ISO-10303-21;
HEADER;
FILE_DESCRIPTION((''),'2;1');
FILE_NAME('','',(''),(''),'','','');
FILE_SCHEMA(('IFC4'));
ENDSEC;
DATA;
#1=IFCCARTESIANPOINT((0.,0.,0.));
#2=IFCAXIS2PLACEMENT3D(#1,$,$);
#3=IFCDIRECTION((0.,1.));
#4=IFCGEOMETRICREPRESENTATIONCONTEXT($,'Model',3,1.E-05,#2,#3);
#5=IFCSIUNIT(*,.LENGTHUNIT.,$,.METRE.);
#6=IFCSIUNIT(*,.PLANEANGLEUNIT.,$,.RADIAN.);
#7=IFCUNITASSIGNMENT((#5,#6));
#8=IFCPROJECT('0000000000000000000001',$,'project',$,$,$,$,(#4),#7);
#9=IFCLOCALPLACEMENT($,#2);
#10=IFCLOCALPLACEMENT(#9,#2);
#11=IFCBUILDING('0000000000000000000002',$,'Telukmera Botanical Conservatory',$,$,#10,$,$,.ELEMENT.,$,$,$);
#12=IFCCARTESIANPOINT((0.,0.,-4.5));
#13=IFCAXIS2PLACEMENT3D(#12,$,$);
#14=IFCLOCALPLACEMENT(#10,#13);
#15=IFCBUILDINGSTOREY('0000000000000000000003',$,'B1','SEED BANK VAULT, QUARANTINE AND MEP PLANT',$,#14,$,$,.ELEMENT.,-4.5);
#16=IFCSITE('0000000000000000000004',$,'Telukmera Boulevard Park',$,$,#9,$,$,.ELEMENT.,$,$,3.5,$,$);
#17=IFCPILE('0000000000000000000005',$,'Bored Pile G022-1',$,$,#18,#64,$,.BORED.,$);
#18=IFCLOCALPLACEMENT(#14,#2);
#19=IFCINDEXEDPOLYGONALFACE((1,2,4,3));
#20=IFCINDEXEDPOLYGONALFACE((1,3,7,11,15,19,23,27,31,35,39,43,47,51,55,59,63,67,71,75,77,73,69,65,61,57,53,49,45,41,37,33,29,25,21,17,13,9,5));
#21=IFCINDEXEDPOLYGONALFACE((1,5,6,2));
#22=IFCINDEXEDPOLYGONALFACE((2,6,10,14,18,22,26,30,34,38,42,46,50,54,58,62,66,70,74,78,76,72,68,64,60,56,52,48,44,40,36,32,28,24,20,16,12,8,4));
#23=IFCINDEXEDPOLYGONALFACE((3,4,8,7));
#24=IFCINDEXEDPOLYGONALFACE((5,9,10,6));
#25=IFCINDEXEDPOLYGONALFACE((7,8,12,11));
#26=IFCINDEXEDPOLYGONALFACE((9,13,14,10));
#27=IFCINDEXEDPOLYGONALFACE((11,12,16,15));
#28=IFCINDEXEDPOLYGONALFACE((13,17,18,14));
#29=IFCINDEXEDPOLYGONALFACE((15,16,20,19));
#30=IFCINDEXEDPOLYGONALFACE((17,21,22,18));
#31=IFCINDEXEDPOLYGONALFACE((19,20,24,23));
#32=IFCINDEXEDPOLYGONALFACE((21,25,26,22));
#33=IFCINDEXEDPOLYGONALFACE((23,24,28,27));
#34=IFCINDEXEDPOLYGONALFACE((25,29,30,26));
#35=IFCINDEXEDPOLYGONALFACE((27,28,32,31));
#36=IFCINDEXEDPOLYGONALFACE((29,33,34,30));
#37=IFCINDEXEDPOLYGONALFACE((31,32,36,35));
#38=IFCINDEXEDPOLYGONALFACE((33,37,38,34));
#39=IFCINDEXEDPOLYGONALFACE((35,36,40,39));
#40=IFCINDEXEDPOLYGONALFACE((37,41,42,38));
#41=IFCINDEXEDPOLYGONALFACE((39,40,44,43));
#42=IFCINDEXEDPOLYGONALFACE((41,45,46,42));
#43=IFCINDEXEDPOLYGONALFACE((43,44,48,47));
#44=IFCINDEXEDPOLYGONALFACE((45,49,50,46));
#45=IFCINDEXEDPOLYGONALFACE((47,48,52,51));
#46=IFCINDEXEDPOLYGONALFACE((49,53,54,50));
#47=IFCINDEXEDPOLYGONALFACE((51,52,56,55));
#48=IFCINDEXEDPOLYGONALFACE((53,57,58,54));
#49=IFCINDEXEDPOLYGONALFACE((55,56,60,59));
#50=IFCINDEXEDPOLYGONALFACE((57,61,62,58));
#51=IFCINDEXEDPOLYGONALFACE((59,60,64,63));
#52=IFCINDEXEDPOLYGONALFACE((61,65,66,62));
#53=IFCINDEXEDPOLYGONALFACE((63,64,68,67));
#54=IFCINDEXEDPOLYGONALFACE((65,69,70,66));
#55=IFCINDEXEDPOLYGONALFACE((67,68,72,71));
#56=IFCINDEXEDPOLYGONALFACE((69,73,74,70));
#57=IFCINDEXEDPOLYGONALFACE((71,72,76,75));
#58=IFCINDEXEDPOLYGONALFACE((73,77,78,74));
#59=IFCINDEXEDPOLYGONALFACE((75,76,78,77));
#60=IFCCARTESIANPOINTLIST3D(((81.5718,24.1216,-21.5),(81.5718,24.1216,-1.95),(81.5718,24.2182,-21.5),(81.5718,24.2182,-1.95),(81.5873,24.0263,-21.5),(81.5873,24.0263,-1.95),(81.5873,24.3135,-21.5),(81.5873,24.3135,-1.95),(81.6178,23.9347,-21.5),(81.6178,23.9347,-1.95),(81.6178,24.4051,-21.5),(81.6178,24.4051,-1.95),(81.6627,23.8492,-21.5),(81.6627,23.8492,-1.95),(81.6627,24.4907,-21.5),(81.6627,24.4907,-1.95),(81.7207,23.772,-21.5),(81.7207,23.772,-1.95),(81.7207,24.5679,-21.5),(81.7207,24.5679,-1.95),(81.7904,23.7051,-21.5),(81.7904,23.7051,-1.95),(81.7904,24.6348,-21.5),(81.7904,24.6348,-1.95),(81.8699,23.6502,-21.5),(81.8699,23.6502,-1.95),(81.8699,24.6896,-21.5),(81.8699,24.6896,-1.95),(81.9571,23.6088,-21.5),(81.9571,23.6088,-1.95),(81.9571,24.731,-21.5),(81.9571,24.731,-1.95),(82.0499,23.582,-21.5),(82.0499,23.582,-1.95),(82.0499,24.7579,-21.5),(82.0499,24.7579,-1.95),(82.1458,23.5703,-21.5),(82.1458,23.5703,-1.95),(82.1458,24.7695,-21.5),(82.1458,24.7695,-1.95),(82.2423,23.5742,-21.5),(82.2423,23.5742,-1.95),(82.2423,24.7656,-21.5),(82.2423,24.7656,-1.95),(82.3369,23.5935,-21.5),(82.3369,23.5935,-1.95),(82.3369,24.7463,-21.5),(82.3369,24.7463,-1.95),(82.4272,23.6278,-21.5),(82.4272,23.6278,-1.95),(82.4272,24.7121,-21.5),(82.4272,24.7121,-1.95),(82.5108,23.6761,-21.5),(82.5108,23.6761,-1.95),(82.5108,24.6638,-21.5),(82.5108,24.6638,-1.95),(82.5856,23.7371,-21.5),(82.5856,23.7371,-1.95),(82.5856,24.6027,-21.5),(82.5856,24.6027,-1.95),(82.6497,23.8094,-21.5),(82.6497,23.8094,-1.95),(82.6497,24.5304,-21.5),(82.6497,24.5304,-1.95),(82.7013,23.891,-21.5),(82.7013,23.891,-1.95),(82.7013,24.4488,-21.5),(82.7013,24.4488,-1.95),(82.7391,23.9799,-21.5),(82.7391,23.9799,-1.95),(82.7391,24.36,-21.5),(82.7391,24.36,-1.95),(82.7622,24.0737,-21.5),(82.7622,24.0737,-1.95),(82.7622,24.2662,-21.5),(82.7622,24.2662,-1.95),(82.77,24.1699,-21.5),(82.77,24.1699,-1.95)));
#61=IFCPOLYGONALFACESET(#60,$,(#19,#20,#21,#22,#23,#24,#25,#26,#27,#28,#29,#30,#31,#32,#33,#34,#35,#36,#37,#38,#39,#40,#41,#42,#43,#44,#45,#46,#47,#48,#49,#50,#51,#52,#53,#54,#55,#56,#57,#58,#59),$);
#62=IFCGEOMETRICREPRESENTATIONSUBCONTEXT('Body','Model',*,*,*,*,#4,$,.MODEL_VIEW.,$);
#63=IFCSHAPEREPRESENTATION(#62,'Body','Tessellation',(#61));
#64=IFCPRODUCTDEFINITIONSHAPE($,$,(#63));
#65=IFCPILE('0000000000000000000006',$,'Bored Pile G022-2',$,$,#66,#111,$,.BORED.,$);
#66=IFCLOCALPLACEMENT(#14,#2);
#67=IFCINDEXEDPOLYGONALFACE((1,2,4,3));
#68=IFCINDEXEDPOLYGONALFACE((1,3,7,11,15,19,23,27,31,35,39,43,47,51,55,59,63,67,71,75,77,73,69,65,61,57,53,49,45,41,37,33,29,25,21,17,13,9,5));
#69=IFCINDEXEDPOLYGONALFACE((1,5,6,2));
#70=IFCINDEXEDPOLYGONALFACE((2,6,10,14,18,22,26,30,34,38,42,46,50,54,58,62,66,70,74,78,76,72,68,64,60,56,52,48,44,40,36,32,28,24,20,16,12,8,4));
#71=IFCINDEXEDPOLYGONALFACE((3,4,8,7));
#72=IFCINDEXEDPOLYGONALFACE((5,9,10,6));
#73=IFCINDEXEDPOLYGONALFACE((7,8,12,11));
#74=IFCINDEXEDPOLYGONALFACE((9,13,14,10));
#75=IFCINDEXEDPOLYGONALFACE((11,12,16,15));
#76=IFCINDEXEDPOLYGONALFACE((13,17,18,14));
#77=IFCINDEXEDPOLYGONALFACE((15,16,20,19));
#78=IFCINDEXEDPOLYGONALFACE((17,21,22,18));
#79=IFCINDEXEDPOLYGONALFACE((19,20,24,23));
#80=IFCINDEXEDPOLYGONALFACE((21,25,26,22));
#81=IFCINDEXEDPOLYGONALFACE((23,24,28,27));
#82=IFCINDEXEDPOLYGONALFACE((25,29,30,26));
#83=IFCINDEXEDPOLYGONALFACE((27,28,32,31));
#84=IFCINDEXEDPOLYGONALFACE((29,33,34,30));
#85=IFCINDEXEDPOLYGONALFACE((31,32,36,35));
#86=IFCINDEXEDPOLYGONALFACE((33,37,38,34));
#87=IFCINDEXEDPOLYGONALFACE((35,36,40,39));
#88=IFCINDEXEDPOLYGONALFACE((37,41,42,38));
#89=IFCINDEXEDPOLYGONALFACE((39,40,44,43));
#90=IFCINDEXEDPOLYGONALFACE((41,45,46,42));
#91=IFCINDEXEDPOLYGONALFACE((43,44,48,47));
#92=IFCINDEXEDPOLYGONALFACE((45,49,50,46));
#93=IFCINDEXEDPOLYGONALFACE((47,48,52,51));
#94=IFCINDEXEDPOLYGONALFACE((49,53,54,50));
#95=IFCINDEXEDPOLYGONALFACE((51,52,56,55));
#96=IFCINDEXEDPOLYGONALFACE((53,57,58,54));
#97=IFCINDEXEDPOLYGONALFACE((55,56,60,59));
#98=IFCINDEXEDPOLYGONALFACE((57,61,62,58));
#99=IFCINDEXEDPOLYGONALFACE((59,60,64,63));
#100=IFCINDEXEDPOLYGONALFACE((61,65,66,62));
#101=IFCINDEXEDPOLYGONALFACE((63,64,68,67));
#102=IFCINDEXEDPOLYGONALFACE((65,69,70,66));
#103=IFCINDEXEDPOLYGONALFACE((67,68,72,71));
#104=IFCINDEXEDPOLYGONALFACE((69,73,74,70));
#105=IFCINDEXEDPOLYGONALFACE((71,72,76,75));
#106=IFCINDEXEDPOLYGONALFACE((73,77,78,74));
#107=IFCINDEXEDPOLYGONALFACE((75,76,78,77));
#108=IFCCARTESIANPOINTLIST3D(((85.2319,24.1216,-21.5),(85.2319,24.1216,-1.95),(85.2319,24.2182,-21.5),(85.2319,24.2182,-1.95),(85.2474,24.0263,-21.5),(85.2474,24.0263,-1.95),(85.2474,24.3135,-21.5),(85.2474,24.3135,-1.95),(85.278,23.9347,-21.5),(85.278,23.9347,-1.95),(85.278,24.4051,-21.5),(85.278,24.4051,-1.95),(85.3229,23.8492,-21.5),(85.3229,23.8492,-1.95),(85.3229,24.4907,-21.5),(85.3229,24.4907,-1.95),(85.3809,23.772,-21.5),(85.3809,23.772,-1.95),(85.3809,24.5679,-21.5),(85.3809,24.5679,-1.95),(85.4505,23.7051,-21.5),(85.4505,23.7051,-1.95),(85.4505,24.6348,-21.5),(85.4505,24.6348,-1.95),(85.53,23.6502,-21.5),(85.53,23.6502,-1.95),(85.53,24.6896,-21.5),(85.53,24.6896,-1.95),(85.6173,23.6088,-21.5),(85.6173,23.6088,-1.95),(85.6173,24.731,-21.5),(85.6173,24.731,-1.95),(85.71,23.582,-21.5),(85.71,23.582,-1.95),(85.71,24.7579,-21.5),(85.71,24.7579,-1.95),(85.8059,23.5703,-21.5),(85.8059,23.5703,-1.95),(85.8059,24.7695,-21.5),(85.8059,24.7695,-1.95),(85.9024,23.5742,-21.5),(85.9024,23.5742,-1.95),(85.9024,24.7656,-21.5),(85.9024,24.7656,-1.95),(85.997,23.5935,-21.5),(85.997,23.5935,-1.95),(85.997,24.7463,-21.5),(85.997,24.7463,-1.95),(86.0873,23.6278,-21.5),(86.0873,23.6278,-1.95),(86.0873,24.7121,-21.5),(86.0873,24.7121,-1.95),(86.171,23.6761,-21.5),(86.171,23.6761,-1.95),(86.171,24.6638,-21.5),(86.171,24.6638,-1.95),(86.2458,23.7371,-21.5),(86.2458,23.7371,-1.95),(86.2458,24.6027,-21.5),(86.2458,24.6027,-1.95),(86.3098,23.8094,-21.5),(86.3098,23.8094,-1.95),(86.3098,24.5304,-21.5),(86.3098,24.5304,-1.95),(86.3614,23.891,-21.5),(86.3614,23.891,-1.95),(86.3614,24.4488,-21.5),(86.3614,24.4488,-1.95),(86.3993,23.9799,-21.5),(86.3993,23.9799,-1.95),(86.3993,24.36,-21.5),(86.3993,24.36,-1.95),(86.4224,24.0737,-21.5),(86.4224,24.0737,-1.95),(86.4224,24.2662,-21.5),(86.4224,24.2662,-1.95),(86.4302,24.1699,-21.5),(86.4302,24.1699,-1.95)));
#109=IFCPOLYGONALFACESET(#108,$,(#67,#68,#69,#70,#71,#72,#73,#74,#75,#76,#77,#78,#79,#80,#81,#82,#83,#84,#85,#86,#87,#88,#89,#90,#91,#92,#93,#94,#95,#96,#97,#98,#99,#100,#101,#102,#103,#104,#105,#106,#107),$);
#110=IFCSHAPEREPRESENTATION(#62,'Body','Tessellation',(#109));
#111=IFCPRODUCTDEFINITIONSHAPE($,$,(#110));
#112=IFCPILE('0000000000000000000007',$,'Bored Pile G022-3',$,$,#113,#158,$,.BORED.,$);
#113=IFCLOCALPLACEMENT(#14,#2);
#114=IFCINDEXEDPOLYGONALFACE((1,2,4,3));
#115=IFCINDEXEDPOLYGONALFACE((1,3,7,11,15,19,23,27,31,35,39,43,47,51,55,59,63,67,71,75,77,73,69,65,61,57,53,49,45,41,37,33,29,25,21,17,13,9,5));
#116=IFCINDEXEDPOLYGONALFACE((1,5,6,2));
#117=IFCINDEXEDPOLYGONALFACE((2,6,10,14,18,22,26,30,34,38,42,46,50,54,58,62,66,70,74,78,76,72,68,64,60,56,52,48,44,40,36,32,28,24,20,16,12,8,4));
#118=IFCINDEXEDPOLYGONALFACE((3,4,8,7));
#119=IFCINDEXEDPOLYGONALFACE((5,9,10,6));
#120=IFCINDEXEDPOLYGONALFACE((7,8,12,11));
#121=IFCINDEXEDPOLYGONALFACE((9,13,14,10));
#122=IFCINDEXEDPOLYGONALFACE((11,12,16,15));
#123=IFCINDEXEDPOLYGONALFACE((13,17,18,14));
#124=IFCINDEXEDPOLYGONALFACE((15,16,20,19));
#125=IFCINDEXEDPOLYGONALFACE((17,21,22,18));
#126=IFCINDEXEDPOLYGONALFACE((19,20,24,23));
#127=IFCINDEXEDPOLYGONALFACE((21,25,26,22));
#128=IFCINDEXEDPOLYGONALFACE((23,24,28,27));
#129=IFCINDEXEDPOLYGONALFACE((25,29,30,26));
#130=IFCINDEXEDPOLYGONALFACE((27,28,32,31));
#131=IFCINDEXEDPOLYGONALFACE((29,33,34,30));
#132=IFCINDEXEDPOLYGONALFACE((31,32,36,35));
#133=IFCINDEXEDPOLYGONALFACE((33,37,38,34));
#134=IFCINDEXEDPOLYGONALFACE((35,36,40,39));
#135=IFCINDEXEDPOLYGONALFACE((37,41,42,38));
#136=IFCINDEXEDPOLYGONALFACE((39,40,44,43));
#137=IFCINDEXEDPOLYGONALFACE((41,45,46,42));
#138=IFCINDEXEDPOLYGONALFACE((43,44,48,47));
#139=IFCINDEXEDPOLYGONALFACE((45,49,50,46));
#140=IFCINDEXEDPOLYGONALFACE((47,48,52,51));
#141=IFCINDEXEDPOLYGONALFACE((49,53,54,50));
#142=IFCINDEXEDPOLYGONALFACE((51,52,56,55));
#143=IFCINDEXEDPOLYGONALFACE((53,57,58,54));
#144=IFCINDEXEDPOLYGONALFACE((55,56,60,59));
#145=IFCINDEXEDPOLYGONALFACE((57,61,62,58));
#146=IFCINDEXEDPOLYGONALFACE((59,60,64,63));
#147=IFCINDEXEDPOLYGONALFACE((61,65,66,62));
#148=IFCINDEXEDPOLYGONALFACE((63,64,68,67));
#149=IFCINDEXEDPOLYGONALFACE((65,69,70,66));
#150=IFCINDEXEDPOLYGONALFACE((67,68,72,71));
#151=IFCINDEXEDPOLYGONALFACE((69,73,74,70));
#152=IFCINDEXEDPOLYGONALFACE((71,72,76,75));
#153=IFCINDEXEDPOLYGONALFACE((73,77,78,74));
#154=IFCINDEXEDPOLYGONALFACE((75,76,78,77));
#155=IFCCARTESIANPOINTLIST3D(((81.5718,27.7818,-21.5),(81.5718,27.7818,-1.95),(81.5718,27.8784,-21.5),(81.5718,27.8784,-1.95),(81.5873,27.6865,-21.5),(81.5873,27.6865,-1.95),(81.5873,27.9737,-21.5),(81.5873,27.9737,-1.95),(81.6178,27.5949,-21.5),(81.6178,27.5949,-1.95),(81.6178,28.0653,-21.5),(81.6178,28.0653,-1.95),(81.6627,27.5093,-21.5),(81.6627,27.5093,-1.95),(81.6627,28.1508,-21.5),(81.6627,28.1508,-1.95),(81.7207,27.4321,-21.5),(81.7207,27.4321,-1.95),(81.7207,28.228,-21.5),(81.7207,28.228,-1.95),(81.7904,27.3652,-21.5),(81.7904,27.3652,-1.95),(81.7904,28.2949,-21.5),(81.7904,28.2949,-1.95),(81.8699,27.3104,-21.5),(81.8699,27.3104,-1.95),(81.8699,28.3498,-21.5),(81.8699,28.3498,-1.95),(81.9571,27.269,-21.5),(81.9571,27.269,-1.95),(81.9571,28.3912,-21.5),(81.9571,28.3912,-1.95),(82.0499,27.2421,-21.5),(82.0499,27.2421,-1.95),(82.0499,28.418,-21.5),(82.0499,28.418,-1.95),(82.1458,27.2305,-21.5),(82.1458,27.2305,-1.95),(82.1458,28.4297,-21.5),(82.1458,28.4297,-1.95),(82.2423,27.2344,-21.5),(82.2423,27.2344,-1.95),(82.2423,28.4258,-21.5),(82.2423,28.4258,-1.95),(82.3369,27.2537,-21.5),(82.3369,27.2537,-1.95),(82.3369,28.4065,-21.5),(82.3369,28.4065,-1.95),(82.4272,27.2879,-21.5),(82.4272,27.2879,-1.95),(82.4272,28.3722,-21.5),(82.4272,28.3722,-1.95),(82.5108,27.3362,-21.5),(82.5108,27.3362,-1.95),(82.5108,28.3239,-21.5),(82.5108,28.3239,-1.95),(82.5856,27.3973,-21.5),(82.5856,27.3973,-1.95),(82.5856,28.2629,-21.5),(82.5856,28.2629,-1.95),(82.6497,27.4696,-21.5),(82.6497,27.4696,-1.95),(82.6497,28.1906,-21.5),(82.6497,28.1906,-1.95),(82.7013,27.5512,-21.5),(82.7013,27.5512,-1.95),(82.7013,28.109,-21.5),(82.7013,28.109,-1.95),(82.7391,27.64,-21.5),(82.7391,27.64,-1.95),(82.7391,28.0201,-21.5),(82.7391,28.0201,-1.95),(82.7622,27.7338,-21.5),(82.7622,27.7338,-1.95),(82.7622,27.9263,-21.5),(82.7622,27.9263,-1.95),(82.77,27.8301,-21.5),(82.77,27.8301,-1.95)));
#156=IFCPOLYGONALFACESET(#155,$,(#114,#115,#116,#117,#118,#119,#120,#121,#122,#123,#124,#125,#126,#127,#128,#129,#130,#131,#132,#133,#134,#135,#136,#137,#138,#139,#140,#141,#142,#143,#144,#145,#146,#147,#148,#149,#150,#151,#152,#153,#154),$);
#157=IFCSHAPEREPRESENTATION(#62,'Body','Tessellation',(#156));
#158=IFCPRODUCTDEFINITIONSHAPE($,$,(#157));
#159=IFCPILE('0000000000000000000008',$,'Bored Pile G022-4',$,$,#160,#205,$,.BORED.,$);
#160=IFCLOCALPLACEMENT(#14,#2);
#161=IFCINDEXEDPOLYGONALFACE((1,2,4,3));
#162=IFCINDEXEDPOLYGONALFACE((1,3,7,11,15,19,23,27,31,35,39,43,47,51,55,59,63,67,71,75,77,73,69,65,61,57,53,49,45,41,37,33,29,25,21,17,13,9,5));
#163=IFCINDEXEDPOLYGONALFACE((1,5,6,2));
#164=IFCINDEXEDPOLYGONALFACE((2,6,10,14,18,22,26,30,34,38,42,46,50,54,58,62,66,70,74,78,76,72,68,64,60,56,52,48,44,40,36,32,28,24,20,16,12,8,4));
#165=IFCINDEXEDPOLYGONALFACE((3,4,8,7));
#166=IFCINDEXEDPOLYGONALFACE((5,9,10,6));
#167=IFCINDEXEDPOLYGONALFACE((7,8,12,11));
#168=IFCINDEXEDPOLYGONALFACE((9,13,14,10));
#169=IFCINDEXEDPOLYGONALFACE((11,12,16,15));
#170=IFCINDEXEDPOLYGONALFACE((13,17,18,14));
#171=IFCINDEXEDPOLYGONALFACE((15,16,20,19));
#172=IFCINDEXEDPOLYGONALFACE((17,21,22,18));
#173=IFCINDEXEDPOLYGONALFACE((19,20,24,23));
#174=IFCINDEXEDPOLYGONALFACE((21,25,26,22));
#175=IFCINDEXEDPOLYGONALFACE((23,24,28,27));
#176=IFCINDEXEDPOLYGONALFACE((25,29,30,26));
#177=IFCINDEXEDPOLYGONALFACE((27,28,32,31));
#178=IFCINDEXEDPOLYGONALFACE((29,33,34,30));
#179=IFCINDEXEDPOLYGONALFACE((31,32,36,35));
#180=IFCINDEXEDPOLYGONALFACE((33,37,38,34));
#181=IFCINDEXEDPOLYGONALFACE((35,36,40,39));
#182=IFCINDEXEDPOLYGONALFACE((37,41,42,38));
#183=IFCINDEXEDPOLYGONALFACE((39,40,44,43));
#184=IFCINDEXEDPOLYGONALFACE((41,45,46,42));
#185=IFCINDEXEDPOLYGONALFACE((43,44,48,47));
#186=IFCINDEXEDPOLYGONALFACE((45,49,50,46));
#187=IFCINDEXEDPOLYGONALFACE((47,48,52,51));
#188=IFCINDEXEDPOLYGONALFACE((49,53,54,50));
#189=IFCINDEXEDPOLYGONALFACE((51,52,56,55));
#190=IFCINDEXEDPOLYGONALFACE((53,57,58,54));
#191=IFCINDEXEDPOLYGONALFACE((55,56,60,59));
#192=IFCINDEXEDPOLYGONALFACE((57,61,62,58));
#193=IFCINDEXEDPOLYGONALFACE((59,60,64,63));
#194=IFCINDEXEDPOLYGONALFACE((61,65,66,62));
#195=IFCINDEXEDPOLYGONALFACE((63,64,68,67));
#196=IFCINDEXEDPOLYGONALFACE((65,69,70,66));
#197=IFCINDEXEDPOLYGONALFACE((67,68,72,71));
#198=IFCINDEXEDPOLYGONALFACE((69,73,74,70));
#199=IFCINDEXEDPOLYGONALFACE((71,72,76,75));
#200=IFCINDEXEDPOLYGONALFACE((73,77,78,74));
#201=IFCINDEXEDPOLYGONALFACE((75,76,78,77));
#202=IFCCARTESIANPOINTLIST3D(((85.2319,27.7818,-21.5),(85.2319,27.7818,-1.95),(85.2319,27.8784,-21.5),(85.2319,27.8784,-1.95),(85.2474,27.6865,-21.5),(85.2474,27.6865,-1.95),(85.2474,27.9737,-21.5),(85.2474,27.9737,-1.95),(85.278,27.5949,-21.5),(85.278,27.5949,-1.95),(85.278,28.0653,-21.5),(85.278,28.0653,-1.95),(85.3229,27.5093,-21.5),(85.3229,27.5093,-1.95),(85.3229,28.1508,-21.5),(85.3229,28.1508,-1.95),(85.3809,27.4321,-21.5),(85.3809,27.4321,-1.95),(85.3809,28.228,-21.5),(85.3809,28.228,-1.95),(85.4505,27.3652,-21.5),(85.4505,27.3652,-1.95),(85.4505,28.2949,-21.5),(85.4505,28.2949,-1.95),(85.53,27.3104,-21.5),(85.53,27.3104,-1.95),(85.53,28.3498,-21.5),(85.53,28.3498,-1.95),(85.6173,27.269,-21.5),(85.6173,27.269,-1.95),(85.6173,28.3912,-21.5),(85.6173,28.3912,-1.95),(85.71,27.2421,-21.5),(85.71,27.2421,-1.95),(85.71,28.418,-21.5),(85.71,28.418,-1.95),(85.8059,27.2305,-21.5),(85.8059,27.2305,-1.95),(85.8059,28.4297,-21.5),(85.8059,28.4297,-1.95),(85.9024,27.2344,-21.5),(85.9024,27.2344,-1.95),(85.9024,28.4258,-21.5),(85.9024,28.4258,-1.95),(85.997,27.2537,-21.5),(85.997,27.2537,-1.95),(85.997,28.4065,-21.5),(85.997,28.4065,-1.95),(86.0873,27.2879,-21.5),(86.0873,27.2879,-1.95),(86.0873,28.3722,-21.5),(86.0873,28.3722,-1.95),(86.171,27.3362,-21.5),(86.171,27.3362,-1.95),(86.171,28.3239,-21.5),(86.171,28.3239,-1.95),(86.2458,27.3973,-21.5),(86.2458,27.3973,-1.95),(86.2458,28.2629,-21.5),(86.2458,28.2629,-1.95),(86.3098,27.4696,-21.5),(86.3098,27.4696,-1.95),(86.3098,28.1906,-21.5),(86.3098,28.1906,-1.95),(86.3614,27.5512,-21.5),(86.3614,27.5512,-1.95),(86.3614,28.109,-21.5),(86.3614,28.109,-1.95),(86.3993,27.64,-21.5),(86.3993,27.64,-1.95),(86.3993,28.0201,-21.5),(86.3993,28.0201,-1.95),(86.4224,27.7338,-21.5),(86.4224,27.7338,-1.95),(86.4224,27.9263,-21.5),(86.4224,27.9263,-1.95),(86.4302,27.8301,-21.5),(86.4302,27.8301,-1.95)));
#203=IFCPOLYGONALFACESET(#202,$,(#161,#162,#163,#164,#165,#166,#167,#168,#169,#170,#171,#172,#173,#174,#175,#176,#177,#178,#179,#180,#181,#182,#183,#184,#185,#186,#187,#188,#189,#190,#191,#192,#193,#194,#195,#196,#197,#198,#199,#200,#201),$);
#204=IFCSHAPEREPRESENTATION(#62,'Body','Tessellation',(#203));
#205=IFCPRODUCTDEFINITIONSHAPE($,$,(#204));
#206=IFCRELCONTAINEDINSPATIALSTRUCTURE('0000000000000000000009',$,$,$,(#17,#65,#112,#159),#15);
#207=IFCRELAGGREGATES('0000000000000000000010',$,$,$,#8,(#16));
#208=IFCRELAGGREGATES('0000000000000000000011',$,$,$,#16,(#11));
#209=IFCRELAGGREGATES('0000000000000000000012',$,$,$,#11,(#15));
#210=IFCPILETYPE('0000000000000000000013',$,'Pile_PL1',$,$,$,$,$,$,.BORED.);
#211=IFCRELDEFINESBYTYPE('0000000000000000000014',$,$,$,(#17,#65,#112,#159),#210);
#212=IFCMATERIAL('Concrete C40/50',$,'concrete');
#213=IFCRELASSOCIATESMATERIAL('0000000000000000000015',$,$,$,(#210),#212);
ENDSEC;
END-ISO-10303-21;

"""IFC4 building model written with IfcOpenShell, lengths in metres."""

from ifc_helpers import new_model, si_unit, direction, frame, origin, origin_2d, place, context, subcontext, project, spatial, circle, extrude, material, material_profile, profile_set, type_object, element, save


model = new_model("IFC4")

# Units and contexts
model_context = context("Model", 3, precision=1e-05, world=origin(), true_north=direction((0.0, 1.0)))
body_context = subcontext(model_context, "Body", "Model", "MODEL_VIEW")
ifc_project = project(units=[si_unit("LENGTHUNIT", "METRE"), si_unit("PLANEANGLEUNIT", "RADIAN")], contexts=[model_context])

# Site, building, storey
site_placement = place(None, origin())
site = spatial("IfcSite", under=ifc_project, at=site_placement, Name="Telukmera Boulevard Park", CompositionType="ELEMENT", RefElevation=3.5)
building_placement = place(site_placement, origin())
building = spatial("IfcBuilding", under=site, at=building_placement, Name="Telukmera Botanical Conservatory", CompositionType="ELEMENT")
storey_placement = place(building_placement, frame((0.0, 0.0, -4.5)))
storey = spatial("IfcBuildingStorey", under=building, at=storey_placement, Name="B1", Description="SEED BANK VAULT, QUARANTINE AND MEP PLANT", CompositionType="ELEMENT", Elevation=-4.5)

# Shared definitions
ifc_material_1 = material(Name="Concrete C40/50", Category="concrete")

# Piles
ifc_material_profile_1 = material_profile(ifc_material_1, circle(Radius=0.6001, at=origin_2d()), Name="PILE D1200")
ifc_profile_set_1 = profile_set([ifc_material_profile_1], Name="Concrete C40/50")
pile_type = type_object("IfcPileType", Name="Pile_PL1", PredefinedType="BORED", material=ifc_profile_set_1)
for number, where, z_axis, x_axis, name in (
    (1, (82.1699, 24.1699, -1.95), (0.0, 0.0, -1.0), (1.0, 0.0, 0.0), "Bored Pile G022-1"),
    (2, (85.8301, 24.1699, -1.95), (0.0, 0.0, -1.0), (1.0, 0.0, 0.0), "Bored Pile G022-2"),
    (3, (82.1699, 27.8301, -1.95), (0.0, 0.0, -1.0), (1.0, 0.0, 0.0), "Bored Pile G022-3"),
    (4, (85.8301, 27.8301, -1.95), (0.0, 0.0, -1.0), (1.0, 0.0, 0.0), "Bored Pile G022-4"),
):
    element("IfcPile", number, at=place(storey_placement, frame(where, z_axis=z_axis, x_axis=x_axis)), inside=storey, type_object=pile_type, Name=name, PredefinedType="BORED", context=body_context, shape_type="SweptSolid", body=[
        extrude(circle(Radius=0.6001, at=origin_2d()), origin(), (0.0, 0.0, 1.0), 19.55),
    ])

save(model, "model.ifc")
